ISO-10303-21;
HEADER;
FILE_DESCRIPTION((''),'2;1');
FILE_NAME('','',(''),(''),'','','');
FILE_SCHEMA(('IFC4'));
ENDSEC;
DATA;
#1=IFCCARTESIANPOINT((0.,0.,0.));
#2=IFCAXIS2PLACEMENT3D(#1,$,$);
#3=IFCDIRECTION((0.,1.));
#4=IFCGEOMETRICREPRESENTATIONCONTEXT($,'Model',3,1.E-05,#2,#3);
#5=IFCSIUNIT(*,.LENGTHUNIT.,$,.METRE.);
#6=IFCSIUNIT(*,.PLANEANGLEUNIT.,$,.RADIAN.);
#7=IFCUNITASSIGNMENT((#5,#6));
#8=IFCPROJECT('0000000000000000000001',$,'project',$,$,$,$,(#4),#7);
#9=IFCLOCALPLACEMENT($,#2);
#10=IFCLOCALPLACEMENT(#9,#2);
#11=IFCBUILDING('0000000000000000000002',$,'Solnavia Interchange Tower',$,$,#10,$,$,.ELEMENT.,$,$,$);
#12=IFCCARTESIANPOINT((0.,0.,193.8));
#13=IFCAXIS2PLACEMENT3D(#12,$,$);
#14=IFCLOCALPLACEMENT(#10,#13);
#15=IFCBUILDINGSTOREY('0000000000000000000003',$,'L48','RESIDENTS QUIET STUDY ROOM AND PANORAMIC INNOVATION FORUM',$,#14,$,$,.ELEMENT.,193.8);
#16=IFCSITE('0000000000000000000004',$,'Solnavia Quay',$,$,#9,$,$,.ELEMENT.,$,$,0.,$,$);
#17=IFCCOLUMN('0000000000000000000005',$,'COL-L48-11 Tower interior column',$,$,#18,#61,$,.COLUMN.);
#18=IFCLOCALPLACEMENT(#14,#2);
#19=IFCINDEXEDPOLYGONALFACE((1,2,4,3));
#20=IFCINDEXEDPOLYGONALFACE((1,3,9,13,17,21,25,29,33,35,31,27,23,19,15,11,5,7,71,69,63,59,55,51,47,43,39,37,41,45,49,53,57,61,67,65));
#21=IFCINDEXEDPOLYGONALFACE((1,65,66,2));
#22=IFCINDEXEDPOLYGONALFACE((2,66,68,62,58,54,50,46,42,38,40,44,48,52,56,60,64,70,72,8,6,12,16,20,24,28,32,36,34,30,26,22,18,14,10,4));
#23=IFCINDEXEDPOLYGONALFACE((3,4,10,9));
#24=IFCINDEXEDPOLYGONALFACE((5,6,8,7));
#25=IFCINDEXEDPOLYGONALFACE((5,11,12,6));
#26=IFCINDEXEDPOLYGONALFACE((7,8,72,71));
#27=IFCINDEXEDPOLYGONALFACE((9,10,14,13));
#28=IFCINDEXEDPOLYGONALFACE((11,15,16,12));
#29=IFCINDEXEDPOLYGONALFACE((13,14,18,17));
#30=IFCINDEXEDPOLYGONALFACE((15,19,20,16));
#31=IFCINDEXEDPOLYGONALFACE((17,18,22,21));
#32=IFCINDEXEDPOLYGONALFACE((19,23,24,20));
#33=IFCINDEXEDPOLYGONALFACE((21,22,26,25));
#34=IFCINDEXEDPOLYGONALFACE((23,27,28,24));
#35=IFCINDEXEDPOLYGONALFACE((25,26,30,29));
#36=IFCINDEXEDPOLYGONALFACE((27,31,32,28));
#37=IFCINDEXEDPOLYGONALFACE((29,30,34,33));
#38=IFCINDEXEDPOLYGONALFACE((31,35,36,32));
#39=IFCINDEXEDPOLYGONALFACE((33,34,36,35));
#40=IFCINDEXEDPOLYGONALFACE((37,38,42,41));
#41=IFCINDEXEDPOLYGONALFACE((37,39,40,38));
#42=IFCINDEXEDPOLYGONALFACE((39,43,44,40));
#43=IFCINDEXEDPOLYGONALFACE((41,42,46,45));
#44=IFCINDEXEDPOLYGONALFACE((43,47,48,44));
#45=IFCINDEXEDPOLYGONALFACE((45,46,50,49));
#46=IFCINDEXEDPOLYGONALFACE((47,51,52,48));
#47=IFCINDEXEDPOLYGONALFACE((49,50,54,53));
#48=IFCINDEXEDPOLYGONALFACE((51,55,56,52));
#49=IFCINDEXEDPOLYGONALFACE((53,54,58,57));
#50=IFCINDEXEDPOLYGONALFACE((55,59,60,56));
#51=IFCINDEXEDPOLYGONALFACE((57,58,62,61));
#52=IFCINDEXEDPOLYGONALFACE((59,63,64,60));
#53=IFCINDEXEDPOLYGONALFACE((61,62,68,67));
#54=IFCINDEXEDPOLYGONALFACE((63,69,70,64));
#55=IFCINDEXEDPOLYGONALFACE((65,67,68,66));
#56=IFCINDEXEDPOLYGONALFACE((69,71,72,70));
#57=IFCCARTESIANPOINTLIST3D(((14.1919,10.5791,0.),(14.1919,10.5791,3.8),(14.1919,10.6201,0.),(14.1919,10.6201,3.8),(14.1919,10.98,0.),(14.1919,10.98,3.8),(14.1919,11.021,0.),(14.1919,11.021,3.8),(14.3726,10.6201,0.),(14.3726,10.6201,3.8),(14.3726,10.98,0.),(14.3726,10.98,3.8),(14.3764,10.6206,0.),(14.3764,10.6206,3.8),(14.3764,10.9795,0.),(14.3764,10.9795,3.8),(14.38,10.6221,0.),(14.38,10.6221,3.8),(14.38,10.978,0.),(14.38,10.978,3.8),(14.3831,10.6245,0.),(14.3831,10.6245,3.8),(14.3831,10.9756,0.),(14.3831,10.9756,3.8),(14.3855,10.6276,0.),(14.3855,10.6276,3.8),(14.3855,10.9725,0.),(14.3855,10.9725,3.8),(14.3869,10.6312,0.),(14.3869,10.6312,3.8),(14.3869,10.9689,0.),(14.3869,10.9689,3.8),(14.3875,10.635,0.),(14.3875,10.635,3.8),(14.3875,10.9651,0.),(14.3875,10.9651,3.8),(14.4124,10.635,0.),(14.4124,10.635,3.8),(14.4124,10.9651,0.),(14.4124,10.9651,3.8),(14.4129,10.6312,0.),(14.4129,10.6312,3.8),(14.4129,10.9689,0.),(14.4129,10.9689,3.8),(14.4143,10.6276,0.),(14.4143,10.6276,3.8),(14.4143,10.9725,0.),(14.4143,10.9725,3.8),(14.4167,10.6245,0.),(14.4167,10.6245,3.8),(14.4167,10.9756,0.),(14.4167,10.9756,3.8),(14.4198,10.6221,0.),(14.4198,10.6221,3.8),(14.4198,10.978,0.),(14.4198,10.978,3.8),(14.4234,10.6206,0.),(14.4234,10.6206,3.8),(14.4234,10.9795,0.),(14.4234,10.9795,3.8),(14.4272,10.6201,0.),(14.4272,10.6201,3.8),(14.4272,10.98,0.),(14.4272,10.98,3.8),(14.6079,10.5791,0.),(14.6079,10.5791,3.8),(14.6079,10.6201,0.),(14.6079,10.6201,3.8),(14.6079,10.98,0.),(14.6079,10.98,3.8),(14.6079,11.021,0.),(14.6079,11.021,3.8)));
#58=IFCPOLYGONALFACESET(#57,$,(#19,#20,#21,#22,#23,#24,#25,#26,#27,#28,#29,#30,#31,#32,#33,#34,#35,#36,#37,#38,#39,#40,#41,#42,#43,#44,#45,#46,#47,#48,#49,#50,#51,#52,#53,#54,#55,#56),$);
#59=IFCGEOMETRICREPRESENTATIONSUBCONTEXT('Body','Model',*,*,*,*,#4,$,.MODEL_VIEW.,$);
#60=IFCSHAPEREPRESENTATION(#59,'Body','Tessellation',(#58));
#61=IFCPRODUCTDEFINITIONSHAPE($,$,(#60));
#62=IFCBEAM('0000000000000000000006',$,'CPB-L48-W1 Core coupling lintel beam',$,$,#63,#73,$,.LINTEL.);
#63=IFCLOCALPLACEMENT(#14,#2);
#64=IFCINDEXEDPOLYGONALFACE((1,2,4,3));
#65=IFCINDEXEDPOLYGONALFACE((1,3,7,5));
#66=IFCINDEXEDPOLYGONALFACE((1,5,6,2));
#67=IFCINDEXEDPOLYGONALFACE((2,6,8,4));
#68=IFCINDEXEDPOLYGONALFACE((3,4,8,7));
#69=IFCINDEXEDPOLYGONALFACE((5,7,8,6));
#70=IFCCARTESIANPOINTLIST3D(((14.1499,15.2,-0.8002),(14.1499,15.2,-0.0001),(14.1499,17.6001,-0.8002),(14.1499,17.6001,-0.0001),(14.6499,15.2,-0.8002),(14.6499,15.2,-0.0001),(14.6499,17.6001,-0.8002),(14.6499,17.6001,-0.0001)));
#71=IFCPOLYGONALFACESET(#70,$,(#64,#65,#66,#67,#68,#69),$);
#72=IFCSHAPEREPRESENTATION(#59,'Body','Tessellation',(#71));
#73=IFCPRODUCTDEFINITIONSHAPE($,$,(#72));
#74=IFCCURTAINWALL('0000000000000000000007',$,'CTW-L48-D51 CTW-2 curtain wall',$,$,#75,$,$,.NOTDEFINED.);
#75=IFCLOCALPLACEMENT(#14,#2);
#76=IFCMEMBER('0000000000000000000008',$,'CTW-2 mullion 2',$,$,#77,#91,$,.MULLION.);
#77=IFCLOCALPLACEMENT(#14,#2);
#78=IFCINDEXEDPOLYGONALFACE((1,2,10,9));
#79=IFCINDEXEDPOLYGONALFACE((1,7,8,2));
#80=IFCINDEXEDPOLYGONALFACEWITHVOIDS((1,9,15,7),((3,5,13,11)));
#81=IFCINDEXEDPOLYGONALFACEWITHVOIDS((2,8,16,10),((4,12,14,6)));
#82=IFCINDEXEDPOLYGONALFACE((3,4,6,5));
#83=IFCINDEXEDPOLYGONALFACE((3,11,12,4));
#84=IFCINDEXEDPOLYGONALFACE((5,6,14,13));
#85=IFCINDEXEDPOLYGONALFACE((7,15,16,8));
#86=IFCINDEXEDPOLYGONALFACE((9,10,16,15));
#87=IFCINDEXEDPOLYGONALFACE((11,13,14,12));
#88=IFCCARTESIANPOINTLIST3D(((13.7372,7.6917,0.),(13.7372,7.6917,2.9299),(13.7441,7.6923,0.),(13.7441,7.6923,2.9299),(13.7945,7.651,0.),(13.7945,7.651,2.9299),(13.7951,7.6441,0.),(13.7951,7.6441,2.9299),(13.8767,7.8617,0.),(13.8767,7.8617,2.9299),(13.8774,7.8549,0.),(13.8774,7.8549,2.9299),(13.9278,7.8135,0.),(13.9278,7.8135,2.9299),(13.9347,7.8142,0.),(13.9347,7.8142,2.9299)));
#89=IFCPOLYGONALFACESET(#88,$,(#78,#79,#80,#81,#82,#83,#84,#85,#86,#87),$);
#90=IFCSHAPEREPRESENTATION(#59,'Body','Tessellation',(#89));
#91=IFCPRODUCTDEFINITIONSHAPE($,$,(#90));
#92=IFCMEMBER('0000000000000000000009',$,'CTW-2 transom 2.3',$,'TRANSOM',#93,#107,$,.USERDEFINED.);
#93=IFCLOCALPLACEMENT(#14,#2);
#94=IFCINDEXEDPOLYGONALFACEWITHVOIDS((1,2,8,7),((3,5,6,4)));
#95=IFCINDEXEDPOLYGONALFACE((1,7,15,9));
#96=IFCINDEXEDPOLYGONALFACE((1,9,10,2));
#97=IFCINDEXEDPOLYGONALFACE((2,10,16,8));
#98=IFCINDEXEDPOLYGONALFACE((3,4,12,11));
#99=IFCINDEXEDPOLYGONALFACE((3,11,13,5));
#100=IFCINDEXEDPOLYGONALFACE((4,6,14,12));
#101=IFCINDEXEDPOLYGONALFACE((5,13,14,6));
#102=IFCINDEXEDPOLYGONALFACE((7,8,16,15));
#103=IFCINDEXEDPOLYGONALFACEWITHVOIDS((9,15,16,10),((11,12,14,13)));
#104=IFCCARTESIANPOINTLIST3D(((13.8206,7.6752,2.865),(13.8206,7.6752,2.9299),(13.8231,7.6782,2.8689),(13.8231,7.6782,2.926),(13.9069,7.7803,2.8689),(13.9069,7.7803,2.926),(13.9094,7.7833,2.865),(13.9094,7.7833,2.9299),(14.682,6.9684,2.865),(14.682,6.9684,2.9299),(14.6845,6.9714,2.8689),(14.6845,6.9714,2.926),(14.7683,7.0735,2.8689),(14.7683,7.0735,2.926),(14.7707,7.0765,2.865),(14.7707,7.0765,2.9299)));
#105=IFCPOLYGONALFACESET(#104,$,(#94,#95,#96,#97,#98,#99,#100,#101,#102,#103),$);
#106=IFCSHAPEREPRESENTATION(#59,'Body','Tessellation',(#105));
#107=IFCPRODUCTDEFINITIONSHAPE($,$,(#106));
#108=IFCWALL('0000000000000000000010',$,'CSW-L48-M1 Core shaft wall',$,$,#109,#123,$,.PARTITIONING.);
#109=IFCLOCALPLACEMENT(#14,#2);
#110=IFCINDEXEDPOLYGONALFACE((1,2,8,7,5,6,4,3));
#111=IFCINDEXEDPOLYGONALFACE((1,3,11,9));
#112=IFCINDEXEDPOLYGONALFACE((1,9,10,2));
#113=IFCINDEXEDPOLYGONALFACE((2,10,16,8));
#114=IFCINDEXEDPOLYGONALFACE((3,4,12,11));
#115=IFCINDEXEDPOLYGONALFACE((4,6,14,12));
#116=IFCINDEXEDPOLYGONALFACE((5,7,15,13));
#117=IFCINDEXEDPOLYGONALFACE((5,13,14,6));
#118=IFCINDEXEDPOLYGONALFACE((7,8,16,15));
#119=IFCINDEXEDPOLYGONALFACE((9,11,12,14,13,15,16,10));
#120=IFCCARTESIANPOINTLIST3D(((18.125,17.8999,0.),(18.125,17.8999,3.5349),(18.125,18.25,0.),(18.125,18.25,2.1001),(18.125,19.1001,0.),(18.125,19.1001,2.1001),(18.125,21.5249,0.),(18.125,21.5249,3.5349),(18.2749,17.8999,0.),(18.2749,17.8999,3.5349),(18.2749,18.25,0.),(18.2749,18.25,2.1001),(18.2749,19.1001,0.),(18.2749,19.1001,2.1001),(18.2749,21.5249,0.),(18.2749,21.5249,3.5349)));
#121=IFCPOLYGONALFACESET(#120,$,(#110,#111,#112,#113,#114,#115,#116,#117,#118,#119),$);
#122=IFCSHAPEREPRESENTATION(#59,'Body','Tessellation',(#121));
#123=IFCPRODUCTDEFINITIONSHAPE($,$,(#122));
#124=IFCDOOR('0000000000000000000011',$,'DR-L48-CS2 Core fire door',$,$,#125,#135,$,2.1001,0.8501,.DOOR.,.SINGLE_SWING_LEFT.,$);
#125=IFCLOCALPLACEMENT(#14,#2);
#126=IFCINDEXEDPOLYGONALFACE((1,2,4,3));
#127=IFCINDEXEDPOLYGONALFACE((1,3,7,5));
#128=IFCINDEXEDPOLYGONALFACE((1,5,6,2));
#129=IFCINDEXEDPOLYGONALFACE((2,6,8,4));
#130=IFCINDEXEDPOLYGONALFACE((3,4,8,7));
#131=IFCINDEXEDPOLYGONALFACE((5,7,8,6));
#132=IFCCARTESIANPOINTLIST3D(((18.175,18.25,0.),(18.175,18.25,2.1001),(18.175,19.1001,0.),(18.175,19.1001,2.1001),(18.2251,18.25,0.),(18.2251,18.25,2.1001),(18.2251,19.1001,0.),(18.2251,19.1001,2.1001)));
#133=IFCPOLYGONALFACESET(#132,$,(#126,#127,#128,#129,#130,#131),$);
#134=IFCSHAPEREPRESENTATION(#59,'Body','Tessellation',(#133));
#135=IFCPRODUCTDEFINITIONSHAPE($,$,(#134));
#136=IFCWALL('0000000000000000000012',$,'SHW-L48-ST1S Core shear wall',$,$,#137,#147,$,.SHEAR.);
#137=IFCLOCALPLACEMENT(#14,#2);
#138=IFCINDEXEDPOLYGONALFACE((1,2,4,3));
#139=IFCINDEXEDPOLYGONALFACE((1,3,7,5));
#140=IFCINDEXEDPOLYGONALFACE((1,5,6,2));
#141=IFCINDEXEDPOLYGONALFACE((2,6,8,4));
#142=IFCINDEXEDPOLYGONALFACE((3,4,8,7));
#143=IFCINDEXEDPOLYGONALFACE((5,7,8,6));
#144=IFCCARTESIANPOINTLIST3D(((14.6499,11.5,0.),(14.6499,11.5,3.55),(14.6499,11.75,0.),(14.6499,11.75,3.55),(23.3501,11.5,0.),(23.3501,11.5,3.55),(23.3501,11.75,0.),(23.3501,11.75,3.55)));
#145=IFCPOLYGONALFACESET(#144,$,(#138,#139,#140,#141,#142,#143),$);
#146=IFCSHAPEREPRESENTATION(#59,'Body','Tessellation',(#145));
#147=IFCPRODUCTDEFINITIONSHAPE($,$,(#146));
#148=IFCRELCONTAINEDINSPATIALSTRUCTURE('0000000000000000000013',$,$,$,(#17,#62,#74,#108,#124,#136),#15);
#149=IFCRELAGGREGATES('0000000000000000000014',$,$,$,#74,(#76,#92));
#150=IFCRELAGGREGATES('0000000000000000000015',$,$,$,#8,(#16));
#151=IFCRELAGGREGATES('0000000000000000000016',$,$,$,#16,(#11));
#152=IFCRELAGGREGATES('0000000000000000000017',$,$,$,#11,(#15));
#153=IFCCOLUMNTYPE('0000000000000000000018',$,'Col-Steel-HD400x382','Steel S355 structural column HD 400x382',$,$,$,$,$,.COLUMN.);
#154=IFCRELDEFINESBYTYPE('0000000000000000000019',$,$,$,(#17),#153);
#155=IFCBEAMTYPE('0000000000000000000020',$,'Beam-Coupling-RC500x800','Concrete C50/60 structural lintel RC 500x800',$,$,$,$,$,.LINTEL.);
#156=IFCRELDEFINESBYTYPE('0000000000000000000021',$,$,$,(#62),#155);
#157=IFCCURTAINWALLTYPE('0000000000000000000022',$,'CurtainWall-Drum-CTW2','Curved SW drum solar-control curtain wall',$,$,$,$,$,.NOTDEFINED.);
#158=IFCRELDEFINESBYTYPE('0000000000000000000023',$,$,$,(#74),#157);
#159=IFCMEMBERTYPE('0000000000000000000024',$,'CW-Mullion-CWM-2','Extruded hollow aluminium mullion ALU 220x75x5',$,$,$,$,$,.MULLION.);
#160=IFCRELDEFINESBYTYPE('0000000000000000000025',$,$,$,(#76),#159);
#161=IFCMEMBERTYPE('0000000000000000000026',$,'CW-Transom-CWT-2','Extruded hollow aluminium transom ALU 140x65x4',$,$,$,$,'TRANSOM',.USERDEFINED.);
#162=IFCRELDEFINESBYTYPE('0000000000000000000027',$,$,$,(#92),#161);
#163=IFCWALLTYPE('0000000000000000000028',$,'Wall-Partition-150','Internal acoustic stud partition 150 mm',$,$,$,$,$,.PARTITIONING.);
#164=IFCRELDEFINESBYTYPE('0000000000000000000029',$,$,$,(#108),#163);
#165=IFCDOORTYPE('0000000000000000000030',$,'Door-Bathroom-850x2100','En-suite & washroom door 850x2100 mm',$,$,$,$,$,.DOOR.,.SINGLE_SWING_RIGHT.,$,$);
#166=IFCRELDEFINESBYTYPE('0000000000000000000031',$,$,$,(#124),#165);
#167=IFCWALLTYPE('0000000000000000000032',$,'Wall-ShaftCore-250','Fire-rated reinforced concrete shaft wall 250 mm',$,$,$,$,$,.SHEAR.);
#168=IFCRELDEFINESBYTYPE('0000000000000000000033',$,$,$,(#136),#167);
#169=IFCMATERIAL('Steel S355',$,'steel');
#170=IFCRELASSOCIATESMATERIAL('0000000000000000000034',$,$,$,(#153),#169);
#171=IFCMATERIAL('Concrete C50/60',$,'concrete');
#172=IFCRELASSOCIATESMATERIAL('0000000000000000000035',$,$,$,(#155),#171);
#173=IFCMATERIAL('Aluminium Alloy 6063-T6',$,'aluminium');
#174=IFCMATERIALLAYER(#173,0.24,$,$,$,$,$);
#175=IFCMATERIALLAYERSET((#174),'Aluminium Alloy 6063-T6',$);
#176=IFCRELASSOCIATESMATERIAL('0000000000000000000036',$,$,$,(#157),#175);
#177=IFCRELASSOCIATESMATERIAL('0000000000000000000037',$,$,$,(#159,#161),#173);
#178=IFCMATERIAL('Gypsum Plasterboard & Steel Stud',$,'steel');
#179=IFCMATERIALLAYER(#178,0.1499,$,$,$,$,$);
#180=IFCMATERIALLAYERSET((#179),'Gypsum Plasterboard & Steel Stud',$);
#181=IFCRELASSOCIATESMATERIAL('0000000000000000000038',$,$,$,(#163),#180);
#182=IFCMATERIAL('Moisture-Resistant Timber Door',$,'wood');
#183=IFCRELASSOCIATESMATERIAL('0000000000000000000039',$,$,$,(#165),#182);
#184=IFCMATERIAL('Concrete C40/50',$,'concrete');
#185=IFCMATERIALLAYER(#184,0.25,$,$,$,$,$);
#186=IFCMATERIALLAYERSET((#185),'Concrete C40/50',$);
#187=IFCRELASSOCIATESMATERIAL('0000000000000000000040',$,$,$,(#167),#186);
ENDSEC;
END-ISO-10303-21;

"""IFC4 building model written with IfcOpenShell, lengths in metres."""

from ifc_helpers import new_model, si_unit, direction, frame, frame_2d, origin, origin_2d, place, context, subcontext, project, spatial, rectangle, hollow_rectangle, i_section, extrude, material, layer, layer_set, material_profile, profile_set, type_object, element, fill, aggregate, save


model = new_model("IFC4")

# Units and contexts
model_context = context("Model", 3, precision=1e-05, world=origin(), true_north=direction((0.0, 1.0)))
body_context = subcontext(model_context, "Body", "Model", "MODEL_VIEW")
ifc_project = project(units=[si_unit("LENGTHUNIT", "METRE"), si_unit("PLANEANGLEUNIT", "RADIAN")], contexts=[model_context])

# Site, building, storey
site_placement = place(None, origin())
site = spatial("IfcSite", under=ifc_project, at=site_placement, Name="Solnavia Quay", CompositionType="ELEMENT", RefElevation=0.0)
building_placement = place(site_placement, origin())
building = spatial("IfcBuilding", under=site, at=building_placement, Name="Solnavia Interchange Tower", CompositionType="ELEMENT")
storey_placement = place(building_placement, frame((0.0, 0.0, 193.8)))
storey = spatial("IfcBuildingStorey", under=building, at=storey_placement, Name="L48", Description="RESIDENTS QUIET STUDY ROOM AND PANORAMIC INNOVATION FORUM", CompositionType="ELEMENT", Elevation=193.8)

# Column
ifc_material_1 = material(Name="Steel S355", Category="steel")
ifc_material_profile_1 = material_profile(ifc_material_1, i_section(OverallWidth=0.416, OverallDepth=0.4419, WebThickness=0.0249, FlangeThickness=0.041, FilletRadius=0.0149, at=origin_2d()), Name="HD 400x382")
ifc_profile_set_1 = profile_set([ifc_material_profile_1], Name="Steel S355")
column_type = type_object("IfcColumnType", Name="Col-Steel-HD400x382", Description="Steel S355 structural column HD 400x382", PredefinedType="COLUMN", material=ifc_profile_set_1)
column_placement = place(storey_placement, frame((14.3999, 10.8, 0.0), z_axis=(0.0, 0.0, 1.0), x_axis=(1.0, 0.0, 0.0)))
element("IfcColumn", 1, at=column_placement, inside=storey, type_object=column_type, Name="COL-L48-11 Tower interior column", PredefinedType="COLUMN", context=body_context, shape_type="SweptSolid", body=[
    extrude(i_section(OverallWidth=0.416, OverallDepth=0.4419, WebThickness=0.0249, FlangeThickness=0.041, FilletRadius=0.0149, at=origin_2d()), origin(), (0.0, 0.0, 1.0), 3.8),
])

# Beam
ifc_material_2 = material(Name="Concrete C50/60", Category="concrete")
ifc_material_profile_2 = material_profile(ifc_material_2, rectangle(XDim=0.5, YDim=0.8, at=origin_2d()), Name="RC 500x800")
ifc_profile_set_2 = profile_set([ifc_material_profile_2], Name="Concrete C50/60")
beam_type = type_object("IfcBeamType", Name="Beam-Coupling-RC500x800", Description="Concrete C50/60 structural lintel RC 500x800", PredefinedType="LINTEL", material=ifc_profile_set_2)
beam_placement = place(storey_placement, frame((14.3999, 15.2, -0.4001), z_axis=(0.0, 1.0, 0.0), x_axis=(-1.0, 0.0, 0.0)))
element("IfcBeam", 2, at=beam_placement, inside=storey, type_object=beam_type, Name="CPB-L48-W1 Core coupling lintel beam", PredefinedType="LINTEL", context=body_context, shape_type="SweptSolid", body=[
    extrude(rectangle(XDim=0.5, YDim=0.8, at=origin_2d()), origin(), (0.0, 0.0, 1.0), 2.4001),
])

# Curtain wall, members
ifc_material_3 = material(Name="Aluminium Alloy 6063-T6", Category="aluminium")
ifc_layer_1 = layer(ifc_material_3, 0.24)
ifc_layer_set_1 = layer_set([ifc_layer_1], Name="Aluminium Alloy 6063-T6")
curtain_wall_type = type_object("IfcCurtainWallType", Name="CurtainWall-Drum-CTW2", Description="Curved SW drum solar-control curtain wall", PredefinedType="NOTDEFINED", material=ifc_layer_set_1)
curtain_wall_placement = place(storey_placement, origin())
curtain_wall = element("IfcCurtainWall", 3, at=curtain_wall_placement, inside=storey, type_object=curtain_wall_type, Name="CTW-L48-D51 CTW-2 curtain wall", PredefinedType="NOTDEFINED")
ifc_material_profile_3 = material_profile(ifc_material_3, hollow_rectangle(XDim=0.075, YDim=0.22, WallThickness=0.0049, at=origin_2d()), Name="ALU 220x75x5")
ifc_profile_set_3 = profile_set([ifc_material_profile_3], Name="Aluminium Alloy 6063-T6")
member_type_1 = type_object("IfcMemberType", Name="CW-Mullion-CWM-2", Description="Extruded hollow aluminium mullion ALU 220x75x5", PredefinedType="MULLION", material=ifc_profile_set_3)
member_1_placement = place(storey_placement, frame((13.8359, 7.7529, 0.0), z_axis=(0.0, 0.0, 1.0), x_axis=(0.773103, -0.63428, 0.0)))
member_1 = element("IfcMember", 4, at=member_1_placement, type_object=member_type_1, Name="CTW-2 mullion 2", PredefinedType="MULLION", context=body_context, shape_type="SweptSolid", body=[
    extrude(hollow_rectangle(XDim=0.075, YDim=0.22, WallThickness=0.0049, at=origin_2d()), origin(), (0.0, 0.0, 1.0), 2.9299),
])
ifc_material_profile_4 = material_profile(ifc_material_3, hollow_rectangle(XDim=0.0649, YDim=0.1399, WallThickness=0.0039, at=origin_2d()), Name="ALU 140x65x4")
ifc_profile_set_4 = profile_set([ifc_material_profile_4], Name="Aluminium Alloy 6063-T6")
member_type_2 = type_object("IfcMemberType", Name="CW-Transom-CWT-2", Description="Extruded hollow aluminium transom ALU 140x65x4", ElementType="TRANSOM", PredefinedType="USERDEFINED", material=ifc_profile_set_4)
member_2_placement = place(storey_placement, frame((13.865, 7.7292, 2.8975), z_axis=(0.773049, -0.634347, 0.0), x_axis=(0.0, 0.0, 1.0)))
member_2 = element("IfcMember", 5, at=member_2_placement, type_object=member_type_2, Name="CTW-2 transom 2.3", ObjectType="TRANSOM", PredefinedType="USERDEFINED", context=body_context, shape_type="SweptSolid", body=[
    extrude(hollow_rectangle(XDim=0.0649, YDim=0.1399, WallThickness=0.0039, at=origin_2d()), origin(), (0.0, 0.0, 1.0), 1.1143),
])
aggregate(curtain_wall, [member_1, member_2])

# Wall, opening, door
ifc_material_4 = material(Name="Gypsum Plasterboard & Steel Stud", Category="steel")
ifc_layer_2 = layer(ifc_material_4, 0.1499)
ifc_layer_set_2 = layer_set([ifc_layer_2], Name="Gypsum Plasterboard & Steel Stud")
wall_type_1 = type_object("IfcWallType", Name="Wall-Partition-150", Description="Internal acoustic stud partition 150 mm", PredefinedType="PARTITIONING", material=ifc_layer_set_2)
wall_1_placement = place(storey_placement, frame((18.2, 17.8999, 0.0), z_axis=(0.0, 0.0, 1.0), x_axis=(0.0, 1.0, 0.0)))
wall_1 = element("IfcWall", 6, at=wall_1_placement, inside=storey, type_object=wall_type_1, Name="CSW-L48-M1 Core shaft wall", PredefinedType="PARTITIONING", context=body_context, shape_type="SweptSolid", body=[
    extrude(rectangle(XDim=3.625, YDim=0.1499, at=frame_2d((1.8125, 0.0))), origin(), (0.0, 0.0, 1.0), 3.5349),
])
opening_1_placement = place(wall_1_placement, frame((0.3501, 0.0, 0.0)))
opening_1 = element("IfcOpeningElement", 7, at=opening_1_placement, cuts=wall_1, PredefinedType="OPENING", context=body_context, shape_type="SweptSolid", body=[
    extrude(rectangle(XDim=0.8501, YDim=2.1001, at=frame_2d((0.425, 1.05))), frame((0.0, 0.085, 0.0), z_axis=(0.0, -1.0, 0.0), x_axis=(1.0, 0.0, 0.0)), (0.0, 0.0, 1.0), 0.1699),
])
ifc_material_5 = material(Name="Moisture-Resistant Timber Door", Category="wood")
door_type_1 = type_object("IfcDoorType", Name="Door-Bathroom-850x2100", Description="En-suite & washroom door 850x2100 mm", OperationType="SINGLE_SWING_RIGHT", PredefinedType="DOOR", material=ifc_material_5)
door_1_placement = place(opening_1_placement, origin())
door_1 = element("IfcDoor", 8, at=door_1_placement, inside=storey, type_object=door_type_1, Name="DR-L48-CS2 Core fire door", OperationType="SINGLE_SWING_LEFT", OverallHeight=2.1001, OverallWidth=0.8501, PredefinedType="DOOR", context=body_context, shape_type="SweptSolid", body=[
    extrude(rectangle(XDim=0.8501, YDim=2.1001, at=frame_2d((0.425, 1.05))), frame((0.0, 0.0249, 0.0), z_axis=(0.0, -1.0, 0.0), x_axis=(1.0, 0.0, 0.0)), (0.0, 0.0, 1.0), 0.05),
])
fill(opening_1, door_1)

# Wall
ifc_material_6 = material(Name="Concrete C40/50", Category="concrete")
ifc_layer_3 = layer(ifc_material_6, 0.25)
ifc_layer_set_3 = layer_set([ifc_layer_3], Name="Concrete C40/50")
wall_type_2 = type_object("IfcWallType", Name="Wall-ShaftCore-250", Description="Fire-rated reinforced concrete shaft wall 250 mm", PredefinedType="SHEAR", material=ifc_layer_set_3)
wall_2_placement = place(storey_placement, frame((14.6499, 11.625, 0.0), z_axis=(0.0, 0.0, 1.0), x_axis=(1.0, 0.0, 0.0)))
element("IfcWall", 9, at=wall_2_placement, inside=storey, type_object=wall_type_2, Name="SHW-L48-ST1S Core shear wall", PredefinedType="SHEAR", context=body_context, shape_type="SweptSolid", body=[
    extrude(rectangle(XDim=8.7002, YDim=0.25, at=frame_2d((4.3501, 0.0))), origin(), (0.0, 0.0, 1.0), 3.55),
])

save(model, "model.ifc")
